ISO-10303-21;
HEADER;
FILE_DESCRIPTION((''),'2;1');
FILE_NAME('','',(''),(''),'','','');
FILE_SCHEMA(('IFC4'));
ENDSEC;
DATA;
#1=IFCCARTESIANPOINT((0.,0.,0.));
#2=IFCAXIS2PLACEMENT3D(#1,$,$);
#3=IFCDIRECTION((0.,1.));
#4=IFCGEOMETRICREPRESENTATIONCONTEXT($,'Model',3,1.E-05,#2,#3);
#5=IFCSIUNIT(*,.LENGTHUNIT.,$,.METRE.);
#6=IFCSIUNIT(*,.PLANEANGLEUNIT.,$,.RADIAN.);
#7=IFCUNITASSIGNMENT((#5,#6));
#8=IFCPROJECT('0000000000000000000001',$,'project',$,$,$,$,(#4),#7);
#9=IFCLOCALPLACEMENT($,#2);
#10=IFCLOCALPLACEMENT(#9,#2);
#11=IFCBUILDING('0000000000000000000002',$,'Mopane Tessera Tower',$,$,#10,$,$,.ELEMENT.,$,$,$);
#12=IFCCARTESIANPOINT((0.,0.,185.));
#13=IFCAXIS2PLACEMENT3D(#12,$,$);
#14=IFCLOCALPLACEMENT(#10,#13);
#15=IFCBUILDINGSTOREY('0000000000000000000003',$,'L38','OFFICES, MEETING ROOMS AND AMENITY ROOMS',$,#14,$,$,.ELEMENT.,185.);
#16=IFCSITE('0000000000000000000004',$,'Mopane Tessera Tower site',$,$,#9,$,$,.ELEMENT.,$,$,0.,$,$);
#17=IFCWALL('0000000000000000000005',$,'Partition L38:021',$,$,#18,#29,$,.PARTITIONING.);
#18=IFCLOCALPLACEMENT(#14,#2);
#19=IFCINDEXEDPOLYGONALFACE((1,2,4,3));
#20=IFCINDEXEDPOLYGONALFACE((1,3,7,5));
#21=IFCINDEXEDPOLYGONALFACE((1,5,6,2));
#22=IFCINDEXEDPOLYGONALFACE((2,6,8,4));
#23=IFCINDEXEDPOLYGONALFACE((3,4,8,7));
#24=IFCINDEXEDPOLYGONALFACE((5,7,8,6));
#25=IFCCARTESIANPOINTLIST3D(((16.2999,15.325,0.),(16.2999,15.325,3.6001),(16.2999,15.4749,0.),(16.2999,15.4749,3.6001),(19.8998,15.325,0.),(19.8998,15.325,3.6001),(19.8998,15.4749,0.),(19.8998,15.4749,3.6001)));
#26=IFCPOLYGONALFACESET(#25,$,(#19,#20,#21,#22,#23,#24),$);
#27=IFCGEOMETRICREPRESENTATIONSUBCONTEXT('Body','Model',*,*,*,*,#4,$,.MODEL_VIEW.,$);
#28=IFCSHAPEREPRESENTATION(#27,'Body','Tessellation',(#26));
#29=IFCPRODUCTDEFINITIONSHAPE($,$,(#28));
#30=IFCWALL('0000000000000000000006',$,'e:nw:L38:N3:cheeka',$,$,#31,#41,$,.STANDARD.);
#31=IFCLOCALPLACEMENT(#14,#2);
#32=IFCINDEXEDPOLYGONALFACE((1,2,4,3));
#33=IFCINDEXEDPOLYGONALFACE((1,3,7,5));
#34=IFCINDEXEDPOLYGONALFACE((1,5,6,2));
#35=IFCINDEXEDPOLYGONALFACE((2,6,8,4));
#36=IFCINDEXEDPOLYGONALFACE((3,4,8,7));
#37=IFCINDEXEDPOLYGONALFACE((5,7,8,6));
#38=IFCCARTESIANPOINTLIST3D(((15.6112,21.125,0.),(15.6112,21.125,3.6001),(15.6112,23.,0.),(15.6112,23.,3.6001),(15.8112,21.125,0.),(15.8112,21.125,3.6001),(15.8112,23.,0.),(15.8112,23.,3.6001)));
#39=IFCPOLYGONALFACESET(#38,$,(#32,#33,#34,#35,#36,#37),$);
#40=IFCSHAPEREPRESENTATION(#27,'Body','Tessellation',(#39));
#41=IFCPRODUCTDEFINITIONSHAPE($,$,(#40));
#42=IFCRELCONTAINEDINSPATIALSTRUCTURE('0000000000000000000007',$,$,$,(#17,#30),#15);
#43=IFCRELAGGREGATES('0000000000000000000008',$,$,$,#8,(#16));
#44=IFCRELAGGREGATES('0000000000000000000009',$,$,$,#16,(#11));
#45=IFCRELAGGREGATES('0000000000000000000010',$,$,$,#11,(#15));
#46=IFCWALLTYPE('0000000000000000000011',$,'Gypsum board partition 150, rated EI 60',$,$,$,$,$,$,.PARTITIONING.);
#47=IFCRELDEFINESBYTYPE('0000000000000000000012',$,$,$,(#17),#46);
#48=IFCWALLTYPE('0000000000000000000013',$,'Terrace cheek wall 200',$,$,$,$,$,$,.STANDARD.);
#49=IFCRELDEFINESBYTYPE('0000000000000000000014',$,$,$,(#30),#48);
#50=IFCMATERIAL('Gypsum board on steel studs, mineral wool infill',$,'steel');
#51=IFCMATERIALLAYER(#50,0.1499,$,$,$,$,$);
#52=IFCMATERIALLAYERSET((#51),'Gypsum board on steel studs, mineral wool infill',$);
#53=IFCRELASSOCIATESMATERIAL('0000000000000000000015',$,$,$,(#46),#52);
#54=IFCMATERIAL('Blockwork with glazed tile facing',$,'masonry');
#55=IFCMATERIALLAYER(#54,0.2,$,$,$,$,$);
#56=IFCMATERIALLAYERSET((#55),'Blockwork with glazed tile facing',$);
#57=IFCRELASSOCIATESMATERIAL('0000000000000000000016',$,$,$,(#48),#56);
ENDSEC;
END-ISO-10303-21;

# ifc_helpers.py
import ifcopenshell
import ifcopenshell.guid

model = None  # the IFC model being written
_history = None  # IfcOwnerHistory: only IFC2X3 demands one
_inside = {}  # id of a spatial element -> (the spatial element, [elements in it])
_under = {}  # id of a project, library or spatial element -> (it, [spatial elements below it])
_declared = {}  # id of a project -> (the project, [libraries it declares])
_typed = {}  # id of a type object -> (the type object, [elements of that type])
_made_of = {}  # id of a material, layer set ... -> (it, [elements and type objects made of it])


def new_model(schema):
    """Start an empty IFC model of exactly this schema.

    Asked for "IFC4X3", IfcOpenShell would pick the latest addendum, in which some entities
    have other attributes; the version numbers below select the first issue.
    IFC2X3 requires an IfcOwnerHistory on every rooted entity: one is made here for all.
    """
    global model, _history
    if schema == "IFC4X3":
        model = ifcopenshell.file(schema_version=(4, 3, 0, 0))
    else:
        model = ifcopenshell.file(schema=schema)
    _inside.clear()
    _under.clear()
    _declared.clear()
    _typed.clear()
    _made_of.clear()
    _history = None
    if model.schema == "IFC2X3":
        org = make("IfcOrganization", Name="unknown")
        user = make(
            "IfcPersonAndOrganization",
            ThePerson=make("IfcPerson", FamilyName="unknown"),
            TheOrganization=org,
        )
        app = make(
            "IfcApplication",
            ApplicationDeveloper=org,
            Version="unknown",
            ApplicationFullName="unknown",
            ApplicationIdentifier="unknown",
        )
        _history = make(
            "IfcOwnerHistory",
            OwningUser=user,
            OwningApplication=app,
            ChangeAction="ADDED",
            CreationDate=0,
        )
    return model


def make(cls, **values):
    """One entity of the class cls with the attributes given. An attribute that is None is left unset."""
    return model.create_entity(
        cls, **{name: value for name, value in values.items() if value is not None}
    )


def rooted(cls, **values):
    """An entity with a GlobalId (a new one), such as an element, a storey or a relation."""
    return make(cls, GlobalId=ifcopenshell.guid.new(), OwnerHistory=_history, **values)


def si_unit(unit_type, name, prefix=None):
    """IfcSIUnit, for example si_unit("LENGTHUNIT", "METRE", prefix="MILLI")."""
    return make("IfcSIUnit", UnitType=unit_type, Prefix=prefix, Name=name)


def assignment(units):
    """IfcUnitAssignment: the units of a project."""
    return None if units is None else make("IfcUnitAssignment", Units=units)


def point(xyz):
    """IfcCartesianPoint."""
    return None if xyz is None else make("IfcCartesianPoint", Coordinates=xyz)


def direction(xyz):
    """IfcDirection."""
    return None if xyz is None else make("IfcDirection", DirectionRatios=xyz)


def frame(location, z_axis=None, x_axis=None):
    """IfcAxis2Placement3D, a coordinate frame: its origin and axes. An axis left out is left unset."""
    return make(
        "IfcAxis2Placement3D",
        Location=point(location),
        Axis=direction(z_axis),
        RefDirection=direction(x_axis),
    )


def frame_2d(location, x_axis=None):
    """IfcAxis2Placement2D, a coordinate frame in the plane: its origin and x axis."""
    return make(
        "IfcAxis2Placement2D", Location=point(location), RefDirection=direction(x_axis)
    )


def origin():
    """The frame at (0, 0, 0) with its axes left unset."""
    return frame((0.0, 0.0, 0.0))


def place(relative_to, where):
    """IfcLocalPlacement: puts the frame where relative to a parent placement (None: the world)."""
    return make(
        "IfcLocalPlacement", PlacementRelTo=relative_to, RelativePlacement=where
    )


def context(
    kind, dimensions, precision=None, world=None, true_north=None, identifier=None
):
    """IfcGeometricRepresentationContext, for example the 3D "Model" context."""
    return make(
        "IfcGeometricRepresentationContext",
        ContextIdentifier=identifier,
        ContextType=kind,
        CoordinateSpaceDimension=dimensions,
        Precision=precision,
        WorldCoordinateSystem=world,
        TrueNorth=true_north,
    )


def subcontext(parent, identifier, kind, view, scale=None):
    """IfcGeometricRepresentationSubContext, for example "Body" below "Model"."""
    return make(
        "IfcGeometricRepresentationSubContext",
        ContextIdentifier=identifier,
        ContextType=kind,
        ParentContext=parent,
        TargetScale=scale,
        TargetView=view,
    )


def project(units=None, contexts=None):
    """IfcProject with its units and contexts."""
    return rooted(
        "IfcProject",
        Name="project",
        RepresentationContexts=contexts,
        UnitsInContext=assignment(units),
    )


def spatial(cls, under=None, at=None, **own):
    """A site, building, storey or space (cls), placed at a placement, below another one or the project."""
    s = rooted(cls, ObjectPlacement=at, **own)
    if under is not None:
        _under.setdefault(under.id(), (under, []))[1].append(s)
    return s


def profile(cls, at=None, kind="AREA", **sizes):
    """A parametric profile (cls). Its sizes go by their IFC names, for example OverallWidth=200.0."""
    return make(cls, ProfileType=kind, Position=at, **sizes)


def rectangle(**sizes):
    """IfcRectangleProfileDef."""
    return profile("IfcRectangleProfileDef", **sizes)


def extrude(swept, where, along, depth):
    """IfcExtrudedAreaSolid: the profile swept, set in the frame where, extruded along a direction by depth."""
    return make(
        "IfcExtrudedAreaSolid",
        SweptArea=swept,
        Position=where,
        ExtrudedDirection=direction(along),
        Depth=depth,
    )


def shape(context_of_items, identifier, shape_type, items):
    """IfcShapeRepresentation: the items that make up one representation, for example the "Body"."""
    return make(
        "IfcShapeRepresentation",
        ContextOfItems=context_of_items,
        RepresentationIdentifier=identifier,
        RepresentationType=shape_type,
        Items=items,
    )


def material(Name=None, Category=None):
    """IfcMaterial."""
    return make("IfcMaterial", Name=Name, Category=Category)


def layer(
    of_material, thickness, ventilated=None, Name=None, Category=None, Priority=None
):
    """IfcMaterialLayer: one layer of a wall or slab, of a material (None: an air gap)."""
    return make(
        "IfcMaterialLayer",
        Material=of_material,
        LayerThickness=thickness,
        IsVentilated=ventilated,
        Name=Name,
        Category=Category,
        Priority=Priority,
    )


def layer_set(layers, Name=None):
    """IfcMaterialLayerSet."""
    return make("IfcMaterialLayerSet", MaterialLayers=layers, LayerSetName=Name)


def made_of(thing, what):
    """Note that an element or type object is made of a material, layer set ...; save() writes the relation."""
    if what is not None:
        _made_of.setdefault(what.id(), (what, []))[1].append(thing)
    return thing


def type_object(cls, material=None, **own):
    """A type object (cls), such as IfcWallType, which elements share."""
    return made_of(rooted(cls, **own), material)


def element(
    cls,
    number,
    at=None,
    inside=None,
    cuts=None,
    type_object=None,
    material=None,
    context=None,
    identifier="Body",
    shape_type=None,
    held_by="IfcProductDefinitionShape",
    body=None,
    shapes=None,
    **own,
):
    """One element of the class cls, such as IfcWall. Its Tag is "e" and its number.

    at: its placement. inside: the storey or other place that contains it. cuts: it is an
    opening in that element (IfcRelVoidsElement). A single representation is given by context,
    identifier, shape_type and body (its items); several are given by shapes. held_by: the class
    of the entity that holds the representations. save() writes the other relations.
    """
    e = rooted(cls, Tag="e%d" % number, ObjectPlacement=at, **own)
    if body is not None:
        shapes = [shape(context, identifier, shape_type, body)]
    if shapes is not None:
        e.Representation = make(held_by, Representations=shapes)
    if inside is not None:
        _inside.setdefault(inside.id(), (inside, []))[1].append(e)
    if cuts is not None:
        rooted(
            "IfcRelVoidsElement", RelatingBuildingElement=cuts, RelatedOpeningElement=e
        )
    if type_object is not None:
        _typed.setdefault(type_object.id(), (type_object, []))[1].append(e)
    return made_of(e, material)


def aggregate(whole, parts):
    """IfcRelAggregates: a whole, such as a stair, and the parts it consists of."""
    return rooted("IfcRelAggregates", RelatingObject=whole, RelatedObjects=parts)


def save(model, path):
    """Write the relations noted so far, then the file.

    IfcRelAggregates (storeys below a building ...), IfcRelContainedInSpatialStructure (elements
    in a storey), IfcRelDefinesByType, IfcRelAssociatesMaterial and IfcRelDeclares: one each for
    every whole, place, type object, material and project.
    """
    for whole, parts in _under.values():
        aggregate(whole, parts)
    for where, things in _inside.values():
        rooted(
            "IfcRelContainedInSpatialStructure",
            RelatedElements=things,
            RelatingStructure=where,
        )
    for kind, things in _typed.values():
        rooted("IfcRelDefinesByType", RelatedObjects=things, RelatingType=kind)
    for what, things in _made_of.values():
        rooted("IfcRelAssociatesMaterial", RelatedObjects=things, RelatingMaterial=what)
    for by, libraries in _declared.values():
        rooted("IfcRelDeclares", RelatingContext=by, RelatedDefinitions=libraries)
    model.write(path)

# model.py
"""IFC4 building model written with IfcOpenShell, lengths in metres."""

from ifc_helpers import new_model, si_unit, direction, frame, frame_2d, origin, place, context, subcontext, project, spatial, rectangle, extrude, material, layer, layer_set, type_object, element, save


model = new_model("IFC4")

# Units and contexts
model_context = context("Model", 3, precision=1e-05, world=origin(), true_north=direction((0.0, 1.0)))
body_context = subcontext(model_context, "Body", "Model", "MODEL_VIEW")
ifc_project = project(units=[si_unit("LENGTHUNIT", "METRE"), si_unit("PLANEANGLEUNIT", "RADIAN")], contexts=[model_context])

# Site, building, storey
site_placement = place(None, origin())
site = spatial("IfcSite", under=ifc_project, at=site_placement, Name="Mopane Tessera Tower site", CompositionType="ELEMENT", RefElevation=0.0)
building_placement = place(site_placement, origin())
building = spatial("IfcBuilding", under=site, at=building_placement, Name="Mopane Tessera Tower", CompositionType="ELEMENT")
storey_placement = place(building_placement, frame((0.0, 0.0, 185.0)))
storey = spatial("IfcBuildingStorey", under=building, at=storey_placement, Name="L38", Description="OFFICES, MEETING ROOMS AND AMENITY ROOMS", CompositionType="ELEMENT", Elevation=185.0)

# Walls
ifc_material_1 = material(Name="Gypsum board on steel studs, mineral wool infill", Category="steel")
ifc_layer_1 = layer(ifc_material_1, 0.1499)
ifc_layer_set_1 = layer_set([ifc_layer_1], Name="Gypsum board on steel studs, mineral wool infill")
wall_type_1 = type_object("IfcWallType", Name="Gypsum board partition 150, rated EI 60", PredefinedType="PARTITIONING", material=ifc_layer_set_1)
wall_1_placement = place(storey_placement, frame((16.3, 15.3999, 0.0), z_axis=(0.0, 0.0, 1.0), x_axis=(1.0, 0.0, 0.0)))
element("IfcWall", 1, at=wall_1_placement, inside=storey, type_object=wall_type_1, Name="Partition L38:021", PredefinedType="PARTITIONING", context=body_context, shape_type="SweptSolid", body=[
    extrude(rectangle(XDim=3.5999, YDim=0.1499, at=frame_2d((1.7998, 0.0))), origin(), (0.0, 0.0, 1.0), 3.6001),
])
ifc_material_2 = material(Name="Blockwork with glazed tile facing", Category="masonry")
ifc_layer_2 = layer(ifc_material_2, 0.2)
ifc_layer_set_2 = layer_set([ifc_layer_2], Name="Blockwork with glazed tile facing")
wall_type_2 = type_object("IfcWallType", Name="Terrace cheek wall 200", PredefinedType="STANDARD", material=ifc_layer_set_2)
wall_2_placement = place(storey_placement, frame((15.7112, 23.0, 0.0), z_axis=(0.0, 0.0, 1.0), x_axis=(0.0, -1.0, 0.0)))
element("IfcWall", 2, at=wall_2_placement, inside=storey, type_object=wall_type_2, Name="e:nw:L38:N3:cheeka", PredefinedType="STANDARD", context=body_context, shape_type="SweptSolid", body=[
    extrude(rectangle(XDim=1.875, YDim=0.2, at=frame_2d((0.9375, 0.0))), origin(), (0.0, 0.0, 1.0), 3.6001),
])

save(model, "model.ifc")
